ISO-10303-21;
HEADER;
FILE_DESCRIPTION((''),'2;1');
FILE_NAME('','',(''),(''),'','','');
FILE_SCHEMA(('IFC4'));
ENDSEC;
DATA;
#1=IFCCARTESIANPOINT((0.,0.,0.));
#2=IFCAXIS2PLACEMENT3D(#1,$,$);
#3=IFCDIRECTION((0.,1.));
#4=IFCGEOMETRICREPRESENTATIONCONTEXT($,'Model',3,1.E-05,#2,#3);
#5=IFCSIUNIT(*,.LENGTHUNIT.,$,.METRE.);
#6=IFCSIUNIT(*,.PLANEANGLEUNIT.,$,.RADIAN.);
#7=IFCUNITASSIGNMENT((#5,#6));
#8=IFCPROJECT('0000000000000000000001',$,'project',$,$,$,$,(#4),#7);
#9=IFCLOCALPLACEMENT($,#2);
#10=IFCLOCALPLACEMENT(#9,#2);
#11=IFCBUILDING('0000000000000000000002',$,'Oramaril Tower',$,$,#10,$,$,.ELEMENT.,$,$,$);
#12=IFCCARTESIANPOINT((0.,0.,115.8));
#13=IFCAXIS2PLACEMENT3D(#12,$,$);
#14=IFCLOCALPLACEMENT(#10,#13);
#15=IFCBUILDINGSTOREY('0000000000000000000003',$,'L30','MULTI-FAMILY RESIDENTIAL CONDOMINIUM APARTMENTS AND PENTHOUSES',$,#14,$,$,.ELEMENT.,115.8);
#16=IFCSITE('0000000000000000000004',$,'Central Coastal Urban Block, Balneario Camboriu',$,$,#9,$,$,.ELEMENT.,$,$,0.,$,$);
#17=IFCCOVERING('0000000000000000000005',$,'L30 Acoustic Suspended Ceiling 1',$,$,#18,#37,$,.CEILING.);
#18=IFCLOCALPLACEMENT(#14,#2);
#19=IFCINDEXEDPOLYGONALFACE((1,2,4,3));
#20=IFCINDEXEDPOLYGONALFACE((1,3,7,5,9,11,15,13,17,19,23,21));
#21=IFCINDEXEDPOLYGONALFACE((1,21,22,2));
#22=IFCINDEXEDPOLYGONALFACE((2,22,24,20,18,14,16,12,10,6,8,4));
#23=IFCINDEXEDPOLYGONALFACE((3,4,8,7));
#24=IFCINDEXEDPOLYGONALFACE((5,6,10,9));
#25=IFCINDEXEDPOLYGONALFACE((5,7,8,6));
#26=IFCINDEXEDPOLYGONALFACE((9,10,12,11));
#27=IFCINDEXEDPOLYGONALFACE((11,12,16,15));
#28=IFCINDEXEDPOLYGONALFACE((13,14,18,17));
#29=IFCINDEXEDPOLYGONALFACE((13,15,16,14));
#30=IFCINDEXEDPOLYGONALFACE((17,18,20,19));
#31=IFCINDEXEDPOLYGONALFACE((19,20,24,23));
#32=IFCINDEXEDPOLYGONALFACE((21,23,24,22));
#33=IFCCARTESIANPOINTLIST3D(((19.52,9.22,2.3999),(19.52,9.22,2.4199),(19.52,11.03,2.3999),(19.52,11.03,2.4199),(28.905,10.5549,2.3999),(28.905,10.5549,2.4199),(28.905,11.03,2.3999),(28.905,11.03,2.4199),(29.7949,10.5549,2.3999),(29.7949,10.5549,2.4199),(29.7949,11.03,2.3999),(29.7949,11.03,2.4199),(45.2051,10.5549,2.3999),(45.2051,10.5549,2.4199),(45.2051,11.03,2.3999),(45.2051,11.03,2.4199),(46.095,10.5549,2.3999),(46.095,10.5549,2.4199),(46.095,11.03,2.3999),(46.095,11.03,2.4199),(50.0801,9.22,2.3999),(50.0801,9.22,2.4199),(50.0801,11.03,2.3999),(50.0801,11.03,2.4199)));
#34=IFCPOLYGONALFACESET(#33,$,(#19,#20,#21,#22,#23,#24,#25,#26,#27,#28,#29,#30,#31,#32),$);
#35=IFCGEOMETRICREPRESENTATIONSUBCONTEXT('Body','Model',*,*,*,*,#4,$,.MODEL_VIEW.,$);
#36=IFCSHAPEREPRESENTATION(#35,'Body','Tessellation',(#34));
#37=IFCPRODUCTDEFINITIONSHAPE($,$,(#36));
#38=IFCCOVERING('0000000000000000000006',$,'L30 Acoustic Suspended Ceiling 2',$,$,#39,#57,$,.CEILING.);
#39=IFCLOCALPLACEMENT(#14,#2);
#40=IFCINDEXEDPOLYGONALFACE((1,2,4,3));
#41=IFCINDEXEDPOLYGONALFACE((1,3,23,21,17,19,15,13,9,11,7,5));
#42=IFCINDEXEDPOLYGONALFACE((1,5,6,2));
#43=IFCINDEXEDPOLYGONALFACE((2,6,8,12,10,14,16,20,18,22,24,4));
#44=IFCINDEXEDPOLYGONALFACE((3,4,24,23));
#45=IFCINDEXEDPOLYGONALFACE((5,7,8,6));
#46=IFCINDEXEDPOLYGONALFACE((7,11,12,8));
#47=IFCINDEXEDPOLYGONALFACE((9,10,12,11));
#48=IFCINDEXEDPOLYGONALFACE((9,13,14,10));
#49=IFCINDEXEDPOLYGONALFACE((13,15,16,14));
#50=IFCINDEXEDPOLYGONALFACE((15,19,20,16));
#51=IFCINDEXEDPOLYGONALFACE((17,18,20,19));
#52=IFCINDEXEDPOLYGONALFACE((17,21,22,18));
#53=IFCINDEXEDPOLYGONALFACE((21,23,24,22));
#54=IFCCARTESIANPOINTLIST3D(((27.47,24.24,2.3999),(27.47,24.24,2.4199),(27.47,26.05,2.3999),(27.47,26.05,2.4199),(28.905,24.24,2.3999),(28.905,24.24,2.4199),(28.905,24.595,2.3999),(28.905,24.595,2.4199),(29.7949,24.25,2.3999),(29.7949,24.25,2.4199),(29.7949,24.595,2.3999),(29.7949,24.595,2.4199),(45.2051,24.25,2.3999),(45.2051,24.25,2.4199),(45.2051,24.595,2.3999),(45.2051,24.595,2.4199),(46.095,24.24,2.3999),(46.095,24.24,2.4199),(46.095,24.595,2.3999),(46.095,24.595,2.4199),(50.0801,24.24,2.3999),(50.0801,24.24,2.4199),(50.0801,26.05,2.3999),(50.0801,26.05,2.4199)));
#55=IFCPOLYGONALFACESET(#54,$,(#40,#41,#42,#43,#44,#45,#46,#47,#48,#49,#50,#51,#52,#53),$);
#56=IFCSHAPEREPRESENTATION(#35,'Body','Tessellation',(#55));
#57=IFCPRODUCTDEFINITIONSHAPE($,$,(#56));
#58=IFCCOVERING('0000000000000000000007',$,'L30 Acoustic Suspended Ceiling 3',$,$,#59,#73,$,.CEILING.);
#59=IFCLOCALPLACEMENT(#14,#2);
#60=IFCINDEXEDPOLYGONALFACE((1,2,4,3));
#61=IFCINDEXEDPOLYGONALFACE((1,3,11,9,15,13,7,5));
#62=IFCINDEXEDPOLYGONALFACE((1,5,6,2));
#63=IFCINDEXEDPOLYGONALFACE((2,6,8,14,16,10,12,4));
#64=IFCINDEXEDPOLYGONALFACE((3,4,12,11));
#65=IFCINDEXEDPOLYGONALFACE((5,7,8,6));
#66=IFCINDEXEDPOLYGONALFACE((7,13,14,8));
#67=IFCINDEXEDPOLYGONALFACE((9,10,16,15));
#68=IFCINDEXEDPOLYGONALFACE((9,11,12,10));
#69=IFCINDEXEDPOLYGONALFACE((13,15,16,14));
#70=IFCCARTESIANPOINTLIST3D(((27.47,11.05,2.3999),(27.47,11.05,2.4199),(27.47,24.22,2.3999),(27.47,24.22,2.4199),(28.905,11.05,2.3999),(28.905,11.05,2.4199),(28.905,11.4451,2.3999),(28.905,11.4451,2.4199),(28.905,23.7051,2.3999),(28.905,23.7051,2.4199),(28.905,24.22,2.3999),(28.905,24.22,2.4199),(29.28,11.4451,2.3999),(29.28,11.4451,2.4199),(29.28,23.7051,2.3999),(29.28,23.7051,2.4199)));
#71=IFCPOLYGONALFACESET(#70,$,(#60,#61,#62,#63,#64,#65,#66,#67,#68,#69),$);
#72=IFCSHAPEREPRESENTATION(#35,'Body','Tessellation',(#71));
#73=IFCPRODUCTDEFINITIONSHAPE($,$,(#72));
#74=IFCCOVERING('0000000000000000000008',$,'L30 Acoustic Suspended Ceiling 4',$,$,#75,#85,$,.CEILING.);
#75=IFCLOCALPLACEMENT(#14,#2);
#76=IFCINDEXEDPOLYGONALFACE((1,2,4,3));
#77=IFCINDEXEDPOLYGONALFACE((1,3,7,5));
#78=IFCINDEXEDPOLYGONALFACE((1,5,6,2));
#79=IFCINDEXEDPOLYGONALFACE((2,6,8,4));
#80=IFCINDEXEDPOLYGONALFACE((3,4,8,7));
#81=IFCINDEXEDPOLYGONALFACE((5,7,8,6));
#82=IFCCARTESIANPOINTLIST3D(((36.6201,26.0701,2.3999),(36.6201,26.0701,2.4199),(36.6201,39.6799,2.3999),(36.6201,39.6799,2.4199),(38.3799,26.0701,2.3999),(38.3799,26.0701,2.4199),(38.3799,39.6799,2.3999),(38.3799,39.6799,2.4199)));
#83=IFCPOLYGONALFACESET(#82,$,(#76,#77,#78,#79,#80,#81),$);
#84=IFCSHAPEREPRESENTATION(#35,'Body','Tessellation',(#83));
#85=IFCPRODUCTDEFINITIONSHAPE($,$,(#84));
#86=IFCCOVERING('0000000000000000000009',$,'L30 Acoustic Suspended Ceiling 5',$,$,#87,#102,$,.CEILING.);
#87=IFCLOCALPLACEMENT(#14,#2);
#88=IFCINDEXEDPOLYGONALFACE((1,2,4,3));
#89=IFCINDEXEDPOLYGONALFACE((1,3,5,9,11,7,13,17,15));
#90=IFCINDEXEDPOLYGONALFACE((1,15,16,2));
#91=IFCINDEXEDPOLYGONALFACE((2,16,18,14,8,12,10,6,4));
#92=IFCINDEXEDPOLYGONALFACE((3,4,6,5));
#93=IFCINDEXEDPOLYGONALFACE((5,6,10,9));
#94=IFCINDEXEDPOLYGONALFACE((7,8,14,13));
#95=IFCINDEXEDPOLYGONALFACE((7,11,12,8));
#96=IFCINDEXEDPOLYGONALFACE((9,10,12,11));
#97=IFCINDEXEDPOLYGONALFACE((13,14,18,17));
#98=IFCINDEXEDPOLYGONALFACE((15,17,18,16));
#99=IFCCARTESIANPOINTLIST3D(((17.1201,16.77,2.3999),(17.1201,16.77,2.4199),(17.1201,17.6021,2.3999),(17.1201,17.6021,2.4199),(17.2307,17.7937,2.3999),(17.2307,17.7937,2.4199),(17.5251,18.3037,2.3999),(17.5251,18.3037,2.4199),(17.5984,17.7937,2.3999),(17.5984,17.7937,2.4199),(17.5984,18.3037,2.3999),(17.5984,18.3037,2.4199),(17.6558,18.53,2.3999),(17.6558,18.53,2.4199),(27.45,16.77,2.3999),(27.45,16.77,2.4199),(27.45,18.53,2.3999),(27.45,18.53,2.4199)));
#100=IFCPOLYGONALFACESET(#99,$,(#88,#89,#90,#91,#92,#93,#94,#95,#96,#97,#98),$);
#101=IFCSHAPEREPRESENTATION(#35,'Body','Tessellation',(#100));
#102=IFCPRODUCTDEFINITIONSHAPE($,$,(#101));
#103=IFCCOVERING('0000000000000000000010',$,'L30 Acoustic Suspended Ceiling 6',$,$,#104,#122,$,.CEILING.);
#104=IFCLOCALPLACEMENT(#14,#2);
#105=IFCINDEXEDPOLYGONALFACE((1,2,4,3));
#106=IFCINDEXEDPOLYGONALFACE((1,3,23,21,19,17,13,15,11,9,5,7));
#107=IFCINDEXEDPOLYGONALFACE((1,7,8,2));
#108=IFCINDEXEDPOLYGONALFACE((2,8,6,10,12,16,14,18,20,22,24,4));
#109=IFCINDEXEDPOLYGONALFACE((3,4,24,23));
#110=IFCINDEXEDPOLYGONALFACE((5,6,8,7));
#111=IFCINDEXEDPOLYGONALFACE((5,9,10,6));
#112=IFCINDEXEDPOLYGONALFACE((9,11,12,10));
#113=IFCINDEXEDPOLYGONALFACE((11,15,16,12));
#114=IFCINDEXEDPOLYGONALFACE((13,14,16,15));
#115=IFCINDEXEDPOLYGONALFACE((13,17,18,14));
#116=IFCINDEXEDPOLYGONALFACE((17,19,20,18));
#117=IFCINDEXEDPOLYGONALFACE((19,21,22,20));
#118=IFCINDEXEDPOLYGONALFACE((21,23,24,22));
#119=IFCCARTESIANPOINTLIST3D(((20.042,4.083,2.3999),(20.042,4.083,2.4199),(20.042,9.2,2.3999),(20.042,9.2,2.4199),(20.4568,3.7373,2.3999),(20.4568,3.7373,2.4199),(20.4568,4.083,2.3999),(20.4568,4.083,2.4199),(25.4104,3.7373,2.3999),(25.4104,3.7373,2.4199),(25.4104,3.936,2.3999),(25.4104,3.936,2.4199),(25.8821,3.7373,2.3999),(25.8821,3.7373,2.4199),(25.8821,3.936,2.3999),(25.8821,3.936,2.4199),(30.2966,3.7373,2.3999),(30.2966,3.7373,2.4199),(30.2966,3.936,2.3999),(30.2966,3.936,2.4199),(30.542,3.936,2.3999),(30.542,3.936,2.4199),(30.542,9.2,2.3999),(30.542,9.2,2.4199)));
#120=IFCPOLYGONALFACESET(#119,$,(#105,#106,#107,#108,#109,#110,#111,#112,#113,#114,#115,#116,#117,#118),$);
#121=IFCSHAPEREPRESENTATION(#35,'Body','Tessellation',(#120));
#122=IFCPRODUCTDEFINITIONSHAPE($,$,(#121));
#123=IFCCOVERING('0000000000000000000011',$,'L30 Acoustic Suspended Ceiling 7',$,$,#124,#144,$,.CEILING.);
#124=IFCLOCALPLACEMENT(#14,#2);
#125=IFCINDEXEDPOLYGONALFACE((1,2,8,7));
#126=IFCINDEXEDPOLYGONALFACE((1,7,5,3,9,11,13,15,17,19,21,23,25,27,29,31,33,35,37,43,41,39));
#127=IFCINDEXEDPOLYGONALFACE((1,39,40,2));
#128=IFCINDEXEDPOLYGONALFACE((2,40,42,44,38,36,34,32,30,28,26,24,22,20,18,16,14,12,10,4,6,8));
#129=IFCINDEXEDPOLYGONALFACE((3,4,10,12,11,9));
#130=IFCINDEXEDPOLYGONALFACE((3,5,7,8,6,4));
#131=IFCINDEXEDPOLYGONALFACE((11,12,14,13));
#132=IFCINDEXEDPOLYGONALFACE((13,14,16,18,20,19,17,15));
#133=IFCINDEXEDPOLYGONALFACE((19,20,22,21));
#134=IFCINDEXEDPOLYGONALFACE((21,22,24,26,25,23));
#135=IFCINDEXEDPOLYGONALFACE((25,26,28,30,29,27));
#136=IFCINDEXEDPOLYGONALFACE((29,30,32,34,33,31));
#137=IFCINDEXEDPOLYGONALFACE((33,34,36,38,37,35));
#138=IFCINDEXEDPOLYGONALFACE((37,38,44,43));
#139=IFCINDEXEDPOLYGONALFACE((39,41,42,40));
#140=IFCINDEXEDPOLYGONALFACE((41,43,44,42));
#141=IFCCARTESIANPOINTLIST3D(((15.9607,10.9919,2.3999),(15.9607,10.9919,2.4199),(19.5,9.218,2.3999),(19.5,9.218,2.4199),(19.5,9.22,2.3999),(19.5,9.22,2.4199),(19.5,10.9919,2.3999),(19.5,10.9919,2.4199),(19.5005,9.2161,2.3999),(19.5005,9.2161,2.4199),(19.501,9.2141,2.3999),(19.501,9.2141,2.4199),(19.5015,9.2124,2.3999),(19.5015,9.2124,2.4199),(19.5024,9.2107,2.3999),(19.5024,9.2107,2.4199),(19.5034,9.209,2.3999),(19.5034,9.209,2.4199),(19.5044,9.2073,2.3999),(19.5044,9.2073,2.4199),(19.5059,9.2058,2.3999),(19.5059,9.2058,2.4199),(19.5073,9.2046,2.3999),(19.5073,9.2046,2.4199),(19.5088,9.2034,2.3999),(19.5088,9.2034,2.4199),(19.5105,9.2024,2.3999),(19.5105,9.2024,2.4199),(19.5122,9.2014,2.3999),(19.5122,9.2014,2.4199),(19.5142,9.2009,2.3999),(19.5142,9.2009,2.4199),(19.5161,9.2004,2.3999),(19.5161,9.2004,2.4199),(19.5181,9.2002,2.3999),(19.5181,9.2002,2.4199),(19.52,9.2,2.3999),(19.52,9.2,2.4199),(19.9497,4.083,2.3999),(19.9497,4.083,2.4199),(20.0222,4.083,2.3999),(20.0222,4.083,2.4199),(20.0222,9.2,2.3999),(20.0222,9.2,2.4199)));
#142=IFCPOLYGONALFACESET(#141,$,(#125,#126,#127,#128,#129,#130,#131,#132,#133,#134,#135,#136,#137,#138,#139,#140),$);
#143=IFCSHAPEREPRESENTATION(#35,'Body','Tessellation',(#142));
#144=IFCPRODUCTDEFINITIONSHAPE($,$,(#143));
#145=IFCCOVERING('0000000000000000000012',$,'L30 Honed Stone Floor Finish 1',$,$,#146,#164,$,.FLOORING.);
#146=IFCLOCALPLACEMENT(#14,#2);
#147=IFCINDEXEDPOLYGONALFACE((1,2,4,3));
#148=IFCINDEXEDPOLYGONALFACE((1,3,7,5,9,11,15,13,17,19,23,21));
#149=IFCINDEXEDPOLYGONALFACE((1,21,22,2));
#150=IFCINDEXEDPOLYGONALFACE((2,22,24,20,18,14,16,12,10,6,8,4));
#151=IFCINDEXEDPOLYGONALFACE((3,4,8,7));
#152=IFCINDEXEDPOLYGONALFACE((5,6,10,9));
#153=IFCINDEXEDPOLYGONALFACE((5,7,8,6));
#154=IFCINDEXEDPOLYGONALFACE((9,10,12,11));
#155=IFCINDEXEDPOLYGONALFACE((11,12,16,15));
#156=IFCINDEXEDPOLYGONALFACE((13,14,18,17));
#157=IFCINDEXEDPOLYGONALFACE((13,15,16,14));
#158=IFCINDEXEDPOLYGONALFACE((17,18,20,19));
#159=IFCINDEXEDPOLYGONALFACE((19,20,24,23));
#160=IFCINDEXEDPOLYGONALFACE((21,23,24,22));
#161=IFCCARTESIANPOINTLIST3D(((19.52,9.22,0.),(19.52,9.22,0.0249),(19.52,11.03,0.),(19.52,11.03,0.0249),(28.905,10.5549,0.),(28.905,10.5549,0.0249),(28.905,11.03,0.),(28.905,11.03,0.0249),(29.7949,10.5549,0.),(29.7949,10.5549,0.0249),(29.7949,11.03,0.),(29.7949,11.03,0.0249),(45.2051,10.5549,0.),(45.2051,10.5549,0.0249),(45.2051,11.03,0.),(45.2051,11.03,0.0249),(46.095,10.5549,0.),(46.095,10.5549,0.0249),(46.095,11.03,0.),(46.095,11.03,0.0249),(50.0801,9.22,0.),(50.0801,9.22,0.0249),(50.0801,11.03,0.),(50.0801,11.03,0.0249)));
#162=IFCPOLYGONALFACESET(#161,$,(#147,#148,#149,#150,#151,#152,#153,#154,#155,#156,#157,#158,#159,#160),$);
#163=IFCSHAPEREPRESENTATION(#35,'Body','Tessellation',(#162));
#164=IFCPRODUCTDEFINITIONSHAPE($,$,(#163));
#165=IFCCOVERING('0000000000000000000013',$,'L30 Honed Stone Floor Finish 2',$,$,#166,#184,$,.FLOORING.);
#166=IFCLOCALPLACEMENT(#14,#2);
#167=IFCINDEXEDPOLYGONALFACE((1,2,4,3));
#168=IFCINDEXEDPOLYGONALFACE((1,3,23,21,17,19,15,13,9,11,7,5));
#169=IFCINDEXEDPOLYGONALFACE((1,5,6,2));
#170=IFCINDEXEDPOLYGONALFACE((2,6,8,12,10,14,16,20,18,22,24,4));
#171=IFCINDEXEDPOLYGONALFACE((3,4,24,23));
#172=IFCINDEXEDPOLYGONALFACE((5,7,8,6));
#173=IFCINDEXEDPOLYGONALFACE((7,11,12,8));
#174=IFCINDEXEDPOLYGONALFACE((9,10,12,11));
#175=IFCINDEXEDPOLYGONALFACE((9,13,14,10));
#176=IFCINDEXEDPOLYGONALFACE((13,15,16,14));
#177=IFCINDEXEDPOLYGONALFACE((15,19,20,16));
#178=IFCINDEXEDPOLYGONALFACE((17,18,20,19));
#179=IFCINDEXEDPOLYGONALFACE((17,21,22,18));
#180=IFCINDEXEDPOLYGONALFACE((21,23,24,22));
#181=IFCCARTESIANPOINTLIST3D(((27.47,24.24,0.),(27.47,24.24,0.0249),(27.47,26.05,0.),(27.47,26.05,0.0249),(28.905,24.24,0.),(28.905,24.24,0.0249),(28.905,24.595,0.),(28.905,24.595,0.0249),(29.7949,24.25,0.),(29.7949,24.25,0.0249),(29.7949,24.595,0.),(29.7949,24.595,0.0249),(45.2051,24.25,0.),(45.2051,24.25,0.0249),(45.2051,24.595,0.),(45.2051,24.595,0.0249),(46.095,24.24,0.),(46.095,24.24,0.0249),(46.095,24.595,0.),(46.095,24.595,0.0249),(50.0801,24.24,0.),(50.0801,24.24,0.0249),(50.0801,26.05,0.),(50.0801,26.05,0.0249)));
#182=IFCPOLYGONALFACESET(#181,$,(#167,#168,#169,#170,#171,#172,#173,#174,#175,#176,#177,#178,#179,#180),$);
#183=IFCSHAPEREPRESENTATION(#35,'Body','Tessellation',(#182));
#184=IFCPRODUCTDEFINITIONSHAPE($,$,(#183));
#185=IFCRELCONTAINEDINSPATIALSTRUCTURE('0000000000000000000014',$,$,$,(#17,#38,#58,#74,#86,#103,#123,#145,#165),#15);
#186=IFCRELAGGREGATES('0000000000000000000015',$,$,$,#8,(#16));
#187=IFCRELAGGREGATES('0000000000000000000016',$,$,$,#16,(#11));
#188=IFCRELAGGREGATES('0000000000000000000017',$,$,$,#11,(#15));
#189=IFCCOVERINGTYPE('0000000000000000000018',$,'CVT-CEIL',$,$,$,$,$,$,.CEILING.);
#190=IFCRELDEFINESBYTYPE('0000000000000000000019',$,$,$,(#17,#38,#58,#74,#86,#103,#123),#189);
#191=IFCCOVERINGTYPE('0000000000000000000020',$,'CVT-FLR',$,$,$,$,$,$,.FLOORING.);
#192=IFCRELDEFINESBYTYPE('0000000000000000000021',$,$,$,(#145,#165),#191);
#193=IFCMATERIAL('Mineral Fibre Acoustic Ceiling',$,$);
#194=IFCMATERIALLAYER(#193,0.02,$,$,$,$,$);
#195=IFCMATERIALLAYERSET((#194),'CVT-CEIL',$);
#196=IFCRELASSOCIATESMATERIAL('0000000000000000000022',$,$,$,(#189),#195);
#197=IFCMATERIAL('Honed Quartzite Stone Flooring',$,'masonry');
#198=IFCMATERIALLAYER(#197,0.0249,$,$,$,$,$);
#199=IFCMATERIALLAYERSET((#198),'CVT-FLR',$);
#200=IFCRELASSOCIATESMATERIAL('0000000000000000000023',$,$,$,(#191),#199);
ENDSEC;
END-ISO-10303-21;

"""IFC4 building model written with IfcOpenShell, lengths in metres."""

from ifc_helpers import new_model, si_unit, direction, frame, origin, place, context, subcontext, project, spatial, polyline, outline, extrude, material, layer, layer_set, type_object, element, save


model = new_model("IFC4")

# Units and contexts
model_context = context("Model", 3, precision=1e-05, world=origin(), true_north=direction((0.0, 1.0)))
body_context = subcontext(model_context, "Body", "Model", "MODEL_VIEW")
ifc_project = project(units=[si_unit("LENGTHUNIT", "METRE"), si_unit("PLANEANGLEUNIT", "RADIAN")], contexts=[model_context])

# Site, building, storey
site_placement = place(None, origin())
site = spatial("IfcSite", under=ifc_project, at=site_placement, Name="Central Coastal Urban Block, Balneario Camboriu", CompositionType="ELEMENT", RefElevation=0.0)
building_placement = place(site_placement, origin())
building = spatial("IfcBuilding", under=site, at=building_placement, Name="Oramaril Tower", CompositionType="ELEMENT")
storey_placement = place(building_placement, frame((0.0, 0.0, 115.8)))
storey = spatial("IfcBuildingStorey", under=building, at=storey_placement, Name="L30", Description="MULTI-FAMILY RESIDENTIAL CONDOMINIUM APARTMENTS AND PENTHOUSES", CompositionType="ELEMENT", Elevation=115.8)

# Coverings
ifc_material_1 = material(Name="Mineral Fibre Acoustic Ceiling")
ifc_layer_1 = layer(ifc_material_1, 0.02)
ifc_layer_set_1 = layer_set([ifc_layer_1], Name="CVT-CEIL")
covering_type_1 = type_object("IfcCoveringType", Name="CVT-CEIL", PredefinedType="CEILING", material=ifc_layer_set_1)
covering_1_placement = place(storey_placement, frame((0.0, 0.0, 2.3999)))
element("IfcCovering", 1, at=covering_1_placement, inside=storey, type_object=covering_type_1, Name="L30 Acoustic Suspended Ceiling 1", PredefinedType="CEILING", context=body_context, shape_type="SweptSolid", body=[
    extrude(outline(polyline([(28.905, 10.5549), (29.7949, 10.5549), (29.7949, 11.03), (45.2051, 11.03), (45.2051, 10.5549), (46.095, 10.5549), (46.095, 11.03), (50.0801, 11.03), (50.0801, 9.22), (19.52, 9.22), (19.52, 11.03), (28.905, 11.03), (28.905, 10.5549)])), origin(), (0.0, 0.0, 1.0), 0.02),
])
covering_2_placement = place(storey_placement, frame((0.0, 0.0, 2.3999)))
element("IfcCovering", 2, at=covering_2_placement, inside=storey, type_object=covering_type_1, Name="L30 Acoustic Suspended Ceiling 2", PredefinedType="CEILING", context=body_context, shape_type="SweptSolid", body=[
    extrude(outline(polyline([(50.0801, 24.24), (46.095, 24.24), (46.095, 24.595), (45.2051, 24.595), (45.2051, 24.25), (29.7949, 24.25), (29.7949, 24.595), (28.905, 24.595), (28.905, 24.24), (27.47, 24.24), (27.47, 26.05), (50.0801, 26.05), (50.0801, 24.24)])), origin(), (0.0, 0.0, 1.0), 0.02),
])
covering_3_placement = place(storey_placement, frame((0.0, 0.0, 2.3999)))
element("IfcCovering", 3, at=covering_3_placement, inside=storey, type_object=covering_type_1, Name="L30 Acoustic Suspended Ceiling 3", PredefinedType="CEILING", context=body_context, shape_type="SweptSolid", body=[
    extrude(outline(polyline([(28.905, 23.7051), (29.28, 23.7051), (29.28, 11.4451), (28.905, 11.4451), (28.905, 11.05), (27.47, 11.05), (27.47, 24.22), (28.905, 24.22), (28.905, 23.7051)])), origin(), (0.0, 0.0, 1.0), 0.02),
])
covering_4_placement = place(storey_placement, frame((0.0, 0.0, 2.3999)))
element("IfcCovering", 4, at=covering_4_placement, inside=storey, type_object=covering_type_1, Name="L30 Acoustic Suspended Ceiling 4", PredefinedType="CEILING", context=body_context, shape_type="SweptSolid", body=[
    extrude(outline(polyline([(38.3799, 26.0701), (36.6201, 26.0701), (36.6201, 39.6799), (38.3799, 39.6799), (38.3799, 26.0701)])), origin(), (0.0, 0.0, 1.0), 0.02),
])
covering_5_placement = place(storey_placement, frame((0.0, 0.0, 2.3999)))
element("IfcCovering", 5, at=covering_5_placement, inside=storey, type_object=covering_type_1, Name="L30 Acoustic Suspended Ceiling 5", PredefinedType="CEILING", context=body_context, shape_type="SweptSolid", body=[
    extrude(outline(polyline([(17.1201, 16.77), (17.1201, 17.6021), (17.2307, 17.7937), (17.5984, 17.7937), (17.5984, 18.3037), (17.5251, 18.3037), (17.6558, 18.53), (27.45, 18.53), (27.45, 16.77), (17.1201, 16.77)])), origin(), (0.0, 0.0, 1.0), 0.02),
])
covering_6_placement = place(storey_placement, frame((0.0, 0.0, 2.3999)))
element("IfcCovering", 6, at=covering_6_placement, inside=storey, type_object=covering_type_1, Name="L30 Acoustic Suspended Ceiling 6", PredefinedType="CEILING", context=body_context, shape_type="SweptSolid", body=[
    extrude(outline(polyline([(25.8821, 3.936), (25.4104, 3.936), (25.4104, 3.7373), (20.4568, 3.7373), (20.4568, 4.083), (20.042, 4.083), (20.042, 9.2), (30.542, 9.2), (30.542, 3.936), (30.2966, 3.936), (30.2966, 3.7373), (25.8821, 3.7373), (25.8821, 3.936)])), origin(), (0.0, 0.0, 1.0), 0.02),
])
covering_7_placement = place(storey_placement, frame((0.0, 0.0, 2.3999)))
element("IfcCovering", 7, at=covering_7_placement, inside=storey, type_object=covering_type_1, Name="L30 Acoustic Suspended Ceiling 7", PredefinedType="CEILING", context=body_context, shape_type="SweptSolid", body=[
    extrude(outline(polyline([(19.9497, 4.083), (15.9607, 10.9919), (19.5, 10.9919), (19.5, 9.22), (19.5, 9.218), (19.5005, 9.2161), (19.501, 9.2141), (19.5015, 9.2124), (19.5024, 9.2107), (19.5034, 9.209), (19.5044, 9.2073), (19.5059, 9.2058), (19.5073, 9.2046), (19.5088, 9.2034), (19.5105, 9.2024), (19.5122, 9.2014), (19.5142, 9.2009), (19.5161, 9.2004), (19.5181, 9.2002), (19.52, 9.2), (20.0222, 9.2), (20.0222, 4.083), (19.9497, 4.083)])), origin(), (0.0, 0.0, 1.0), 0.02),
])
ifc_material_2 = material(Name="Honed Quartzite Stone Flooring", Category="masonry")
ifc_layer_2 = layer(ifc_material_2, 0.0249)
ifc_layer_set_2 = layer_set([ifc_layer_2], Name="CVT-FLR")
covering_type_2 = type_object("IfcCoveringType", Name="CVT-FLR", PredefinedType="FLOORING", material=ifc_layer_set_2)
covering_8_placement = place(storey_placement, origin())
element("IfcCovering", 8, at=covering_8_placement, inside=storey, type_object=covering_type_2, Name="L30 Honed Stone Floor Finish 1", PredefinedType="FLOORING", context=body_context, shape_type="SweptSolid", body=[
    extrude(outline(polyline([(28.905, 10.5549), (29.7949, 10.5549), (29.7949, 11.03), (45.2051, 11.03), (45.2051, 10.5549), (46.095, 10.5549), (46.095, 11.03), (50.0801, 11.03), (50.0801, 9.22), (19.52, 9.22), (19.52, 11.03), (28.905, 11.03), (28.905, 10.5549)])), origin(), (0.0, 0.0, 1.0), 0.0249),
])
covering_9_placement = place(storey_placement, origin())
element("IfcCovering", 9, at=covering_9_placement, inside=storey, type_object=covering_type_2, Name="L30 Honed Stone Floor Finish 2", PredefinedType="FLOORING", context=body_context, shape_type="SweptSolid", body=[
    extrude(outline(polyline([(50.0801, 24.24), (46.095, 24.24), (46.095, 24.595), (45.2051, 24.595), (45.2051, 24.25), (29.7949, 24.25), (29.7949, 24.595), (28.905, 24.595), (28.905, 24.24), (27.47, 24.24), (27.47, 26.05), (50.0801, 26.05), (50.0801, 24.24)])), origin(), (0.0, 0.0, 1.0), 0.0249),
])

save(model, "model.ifc")
